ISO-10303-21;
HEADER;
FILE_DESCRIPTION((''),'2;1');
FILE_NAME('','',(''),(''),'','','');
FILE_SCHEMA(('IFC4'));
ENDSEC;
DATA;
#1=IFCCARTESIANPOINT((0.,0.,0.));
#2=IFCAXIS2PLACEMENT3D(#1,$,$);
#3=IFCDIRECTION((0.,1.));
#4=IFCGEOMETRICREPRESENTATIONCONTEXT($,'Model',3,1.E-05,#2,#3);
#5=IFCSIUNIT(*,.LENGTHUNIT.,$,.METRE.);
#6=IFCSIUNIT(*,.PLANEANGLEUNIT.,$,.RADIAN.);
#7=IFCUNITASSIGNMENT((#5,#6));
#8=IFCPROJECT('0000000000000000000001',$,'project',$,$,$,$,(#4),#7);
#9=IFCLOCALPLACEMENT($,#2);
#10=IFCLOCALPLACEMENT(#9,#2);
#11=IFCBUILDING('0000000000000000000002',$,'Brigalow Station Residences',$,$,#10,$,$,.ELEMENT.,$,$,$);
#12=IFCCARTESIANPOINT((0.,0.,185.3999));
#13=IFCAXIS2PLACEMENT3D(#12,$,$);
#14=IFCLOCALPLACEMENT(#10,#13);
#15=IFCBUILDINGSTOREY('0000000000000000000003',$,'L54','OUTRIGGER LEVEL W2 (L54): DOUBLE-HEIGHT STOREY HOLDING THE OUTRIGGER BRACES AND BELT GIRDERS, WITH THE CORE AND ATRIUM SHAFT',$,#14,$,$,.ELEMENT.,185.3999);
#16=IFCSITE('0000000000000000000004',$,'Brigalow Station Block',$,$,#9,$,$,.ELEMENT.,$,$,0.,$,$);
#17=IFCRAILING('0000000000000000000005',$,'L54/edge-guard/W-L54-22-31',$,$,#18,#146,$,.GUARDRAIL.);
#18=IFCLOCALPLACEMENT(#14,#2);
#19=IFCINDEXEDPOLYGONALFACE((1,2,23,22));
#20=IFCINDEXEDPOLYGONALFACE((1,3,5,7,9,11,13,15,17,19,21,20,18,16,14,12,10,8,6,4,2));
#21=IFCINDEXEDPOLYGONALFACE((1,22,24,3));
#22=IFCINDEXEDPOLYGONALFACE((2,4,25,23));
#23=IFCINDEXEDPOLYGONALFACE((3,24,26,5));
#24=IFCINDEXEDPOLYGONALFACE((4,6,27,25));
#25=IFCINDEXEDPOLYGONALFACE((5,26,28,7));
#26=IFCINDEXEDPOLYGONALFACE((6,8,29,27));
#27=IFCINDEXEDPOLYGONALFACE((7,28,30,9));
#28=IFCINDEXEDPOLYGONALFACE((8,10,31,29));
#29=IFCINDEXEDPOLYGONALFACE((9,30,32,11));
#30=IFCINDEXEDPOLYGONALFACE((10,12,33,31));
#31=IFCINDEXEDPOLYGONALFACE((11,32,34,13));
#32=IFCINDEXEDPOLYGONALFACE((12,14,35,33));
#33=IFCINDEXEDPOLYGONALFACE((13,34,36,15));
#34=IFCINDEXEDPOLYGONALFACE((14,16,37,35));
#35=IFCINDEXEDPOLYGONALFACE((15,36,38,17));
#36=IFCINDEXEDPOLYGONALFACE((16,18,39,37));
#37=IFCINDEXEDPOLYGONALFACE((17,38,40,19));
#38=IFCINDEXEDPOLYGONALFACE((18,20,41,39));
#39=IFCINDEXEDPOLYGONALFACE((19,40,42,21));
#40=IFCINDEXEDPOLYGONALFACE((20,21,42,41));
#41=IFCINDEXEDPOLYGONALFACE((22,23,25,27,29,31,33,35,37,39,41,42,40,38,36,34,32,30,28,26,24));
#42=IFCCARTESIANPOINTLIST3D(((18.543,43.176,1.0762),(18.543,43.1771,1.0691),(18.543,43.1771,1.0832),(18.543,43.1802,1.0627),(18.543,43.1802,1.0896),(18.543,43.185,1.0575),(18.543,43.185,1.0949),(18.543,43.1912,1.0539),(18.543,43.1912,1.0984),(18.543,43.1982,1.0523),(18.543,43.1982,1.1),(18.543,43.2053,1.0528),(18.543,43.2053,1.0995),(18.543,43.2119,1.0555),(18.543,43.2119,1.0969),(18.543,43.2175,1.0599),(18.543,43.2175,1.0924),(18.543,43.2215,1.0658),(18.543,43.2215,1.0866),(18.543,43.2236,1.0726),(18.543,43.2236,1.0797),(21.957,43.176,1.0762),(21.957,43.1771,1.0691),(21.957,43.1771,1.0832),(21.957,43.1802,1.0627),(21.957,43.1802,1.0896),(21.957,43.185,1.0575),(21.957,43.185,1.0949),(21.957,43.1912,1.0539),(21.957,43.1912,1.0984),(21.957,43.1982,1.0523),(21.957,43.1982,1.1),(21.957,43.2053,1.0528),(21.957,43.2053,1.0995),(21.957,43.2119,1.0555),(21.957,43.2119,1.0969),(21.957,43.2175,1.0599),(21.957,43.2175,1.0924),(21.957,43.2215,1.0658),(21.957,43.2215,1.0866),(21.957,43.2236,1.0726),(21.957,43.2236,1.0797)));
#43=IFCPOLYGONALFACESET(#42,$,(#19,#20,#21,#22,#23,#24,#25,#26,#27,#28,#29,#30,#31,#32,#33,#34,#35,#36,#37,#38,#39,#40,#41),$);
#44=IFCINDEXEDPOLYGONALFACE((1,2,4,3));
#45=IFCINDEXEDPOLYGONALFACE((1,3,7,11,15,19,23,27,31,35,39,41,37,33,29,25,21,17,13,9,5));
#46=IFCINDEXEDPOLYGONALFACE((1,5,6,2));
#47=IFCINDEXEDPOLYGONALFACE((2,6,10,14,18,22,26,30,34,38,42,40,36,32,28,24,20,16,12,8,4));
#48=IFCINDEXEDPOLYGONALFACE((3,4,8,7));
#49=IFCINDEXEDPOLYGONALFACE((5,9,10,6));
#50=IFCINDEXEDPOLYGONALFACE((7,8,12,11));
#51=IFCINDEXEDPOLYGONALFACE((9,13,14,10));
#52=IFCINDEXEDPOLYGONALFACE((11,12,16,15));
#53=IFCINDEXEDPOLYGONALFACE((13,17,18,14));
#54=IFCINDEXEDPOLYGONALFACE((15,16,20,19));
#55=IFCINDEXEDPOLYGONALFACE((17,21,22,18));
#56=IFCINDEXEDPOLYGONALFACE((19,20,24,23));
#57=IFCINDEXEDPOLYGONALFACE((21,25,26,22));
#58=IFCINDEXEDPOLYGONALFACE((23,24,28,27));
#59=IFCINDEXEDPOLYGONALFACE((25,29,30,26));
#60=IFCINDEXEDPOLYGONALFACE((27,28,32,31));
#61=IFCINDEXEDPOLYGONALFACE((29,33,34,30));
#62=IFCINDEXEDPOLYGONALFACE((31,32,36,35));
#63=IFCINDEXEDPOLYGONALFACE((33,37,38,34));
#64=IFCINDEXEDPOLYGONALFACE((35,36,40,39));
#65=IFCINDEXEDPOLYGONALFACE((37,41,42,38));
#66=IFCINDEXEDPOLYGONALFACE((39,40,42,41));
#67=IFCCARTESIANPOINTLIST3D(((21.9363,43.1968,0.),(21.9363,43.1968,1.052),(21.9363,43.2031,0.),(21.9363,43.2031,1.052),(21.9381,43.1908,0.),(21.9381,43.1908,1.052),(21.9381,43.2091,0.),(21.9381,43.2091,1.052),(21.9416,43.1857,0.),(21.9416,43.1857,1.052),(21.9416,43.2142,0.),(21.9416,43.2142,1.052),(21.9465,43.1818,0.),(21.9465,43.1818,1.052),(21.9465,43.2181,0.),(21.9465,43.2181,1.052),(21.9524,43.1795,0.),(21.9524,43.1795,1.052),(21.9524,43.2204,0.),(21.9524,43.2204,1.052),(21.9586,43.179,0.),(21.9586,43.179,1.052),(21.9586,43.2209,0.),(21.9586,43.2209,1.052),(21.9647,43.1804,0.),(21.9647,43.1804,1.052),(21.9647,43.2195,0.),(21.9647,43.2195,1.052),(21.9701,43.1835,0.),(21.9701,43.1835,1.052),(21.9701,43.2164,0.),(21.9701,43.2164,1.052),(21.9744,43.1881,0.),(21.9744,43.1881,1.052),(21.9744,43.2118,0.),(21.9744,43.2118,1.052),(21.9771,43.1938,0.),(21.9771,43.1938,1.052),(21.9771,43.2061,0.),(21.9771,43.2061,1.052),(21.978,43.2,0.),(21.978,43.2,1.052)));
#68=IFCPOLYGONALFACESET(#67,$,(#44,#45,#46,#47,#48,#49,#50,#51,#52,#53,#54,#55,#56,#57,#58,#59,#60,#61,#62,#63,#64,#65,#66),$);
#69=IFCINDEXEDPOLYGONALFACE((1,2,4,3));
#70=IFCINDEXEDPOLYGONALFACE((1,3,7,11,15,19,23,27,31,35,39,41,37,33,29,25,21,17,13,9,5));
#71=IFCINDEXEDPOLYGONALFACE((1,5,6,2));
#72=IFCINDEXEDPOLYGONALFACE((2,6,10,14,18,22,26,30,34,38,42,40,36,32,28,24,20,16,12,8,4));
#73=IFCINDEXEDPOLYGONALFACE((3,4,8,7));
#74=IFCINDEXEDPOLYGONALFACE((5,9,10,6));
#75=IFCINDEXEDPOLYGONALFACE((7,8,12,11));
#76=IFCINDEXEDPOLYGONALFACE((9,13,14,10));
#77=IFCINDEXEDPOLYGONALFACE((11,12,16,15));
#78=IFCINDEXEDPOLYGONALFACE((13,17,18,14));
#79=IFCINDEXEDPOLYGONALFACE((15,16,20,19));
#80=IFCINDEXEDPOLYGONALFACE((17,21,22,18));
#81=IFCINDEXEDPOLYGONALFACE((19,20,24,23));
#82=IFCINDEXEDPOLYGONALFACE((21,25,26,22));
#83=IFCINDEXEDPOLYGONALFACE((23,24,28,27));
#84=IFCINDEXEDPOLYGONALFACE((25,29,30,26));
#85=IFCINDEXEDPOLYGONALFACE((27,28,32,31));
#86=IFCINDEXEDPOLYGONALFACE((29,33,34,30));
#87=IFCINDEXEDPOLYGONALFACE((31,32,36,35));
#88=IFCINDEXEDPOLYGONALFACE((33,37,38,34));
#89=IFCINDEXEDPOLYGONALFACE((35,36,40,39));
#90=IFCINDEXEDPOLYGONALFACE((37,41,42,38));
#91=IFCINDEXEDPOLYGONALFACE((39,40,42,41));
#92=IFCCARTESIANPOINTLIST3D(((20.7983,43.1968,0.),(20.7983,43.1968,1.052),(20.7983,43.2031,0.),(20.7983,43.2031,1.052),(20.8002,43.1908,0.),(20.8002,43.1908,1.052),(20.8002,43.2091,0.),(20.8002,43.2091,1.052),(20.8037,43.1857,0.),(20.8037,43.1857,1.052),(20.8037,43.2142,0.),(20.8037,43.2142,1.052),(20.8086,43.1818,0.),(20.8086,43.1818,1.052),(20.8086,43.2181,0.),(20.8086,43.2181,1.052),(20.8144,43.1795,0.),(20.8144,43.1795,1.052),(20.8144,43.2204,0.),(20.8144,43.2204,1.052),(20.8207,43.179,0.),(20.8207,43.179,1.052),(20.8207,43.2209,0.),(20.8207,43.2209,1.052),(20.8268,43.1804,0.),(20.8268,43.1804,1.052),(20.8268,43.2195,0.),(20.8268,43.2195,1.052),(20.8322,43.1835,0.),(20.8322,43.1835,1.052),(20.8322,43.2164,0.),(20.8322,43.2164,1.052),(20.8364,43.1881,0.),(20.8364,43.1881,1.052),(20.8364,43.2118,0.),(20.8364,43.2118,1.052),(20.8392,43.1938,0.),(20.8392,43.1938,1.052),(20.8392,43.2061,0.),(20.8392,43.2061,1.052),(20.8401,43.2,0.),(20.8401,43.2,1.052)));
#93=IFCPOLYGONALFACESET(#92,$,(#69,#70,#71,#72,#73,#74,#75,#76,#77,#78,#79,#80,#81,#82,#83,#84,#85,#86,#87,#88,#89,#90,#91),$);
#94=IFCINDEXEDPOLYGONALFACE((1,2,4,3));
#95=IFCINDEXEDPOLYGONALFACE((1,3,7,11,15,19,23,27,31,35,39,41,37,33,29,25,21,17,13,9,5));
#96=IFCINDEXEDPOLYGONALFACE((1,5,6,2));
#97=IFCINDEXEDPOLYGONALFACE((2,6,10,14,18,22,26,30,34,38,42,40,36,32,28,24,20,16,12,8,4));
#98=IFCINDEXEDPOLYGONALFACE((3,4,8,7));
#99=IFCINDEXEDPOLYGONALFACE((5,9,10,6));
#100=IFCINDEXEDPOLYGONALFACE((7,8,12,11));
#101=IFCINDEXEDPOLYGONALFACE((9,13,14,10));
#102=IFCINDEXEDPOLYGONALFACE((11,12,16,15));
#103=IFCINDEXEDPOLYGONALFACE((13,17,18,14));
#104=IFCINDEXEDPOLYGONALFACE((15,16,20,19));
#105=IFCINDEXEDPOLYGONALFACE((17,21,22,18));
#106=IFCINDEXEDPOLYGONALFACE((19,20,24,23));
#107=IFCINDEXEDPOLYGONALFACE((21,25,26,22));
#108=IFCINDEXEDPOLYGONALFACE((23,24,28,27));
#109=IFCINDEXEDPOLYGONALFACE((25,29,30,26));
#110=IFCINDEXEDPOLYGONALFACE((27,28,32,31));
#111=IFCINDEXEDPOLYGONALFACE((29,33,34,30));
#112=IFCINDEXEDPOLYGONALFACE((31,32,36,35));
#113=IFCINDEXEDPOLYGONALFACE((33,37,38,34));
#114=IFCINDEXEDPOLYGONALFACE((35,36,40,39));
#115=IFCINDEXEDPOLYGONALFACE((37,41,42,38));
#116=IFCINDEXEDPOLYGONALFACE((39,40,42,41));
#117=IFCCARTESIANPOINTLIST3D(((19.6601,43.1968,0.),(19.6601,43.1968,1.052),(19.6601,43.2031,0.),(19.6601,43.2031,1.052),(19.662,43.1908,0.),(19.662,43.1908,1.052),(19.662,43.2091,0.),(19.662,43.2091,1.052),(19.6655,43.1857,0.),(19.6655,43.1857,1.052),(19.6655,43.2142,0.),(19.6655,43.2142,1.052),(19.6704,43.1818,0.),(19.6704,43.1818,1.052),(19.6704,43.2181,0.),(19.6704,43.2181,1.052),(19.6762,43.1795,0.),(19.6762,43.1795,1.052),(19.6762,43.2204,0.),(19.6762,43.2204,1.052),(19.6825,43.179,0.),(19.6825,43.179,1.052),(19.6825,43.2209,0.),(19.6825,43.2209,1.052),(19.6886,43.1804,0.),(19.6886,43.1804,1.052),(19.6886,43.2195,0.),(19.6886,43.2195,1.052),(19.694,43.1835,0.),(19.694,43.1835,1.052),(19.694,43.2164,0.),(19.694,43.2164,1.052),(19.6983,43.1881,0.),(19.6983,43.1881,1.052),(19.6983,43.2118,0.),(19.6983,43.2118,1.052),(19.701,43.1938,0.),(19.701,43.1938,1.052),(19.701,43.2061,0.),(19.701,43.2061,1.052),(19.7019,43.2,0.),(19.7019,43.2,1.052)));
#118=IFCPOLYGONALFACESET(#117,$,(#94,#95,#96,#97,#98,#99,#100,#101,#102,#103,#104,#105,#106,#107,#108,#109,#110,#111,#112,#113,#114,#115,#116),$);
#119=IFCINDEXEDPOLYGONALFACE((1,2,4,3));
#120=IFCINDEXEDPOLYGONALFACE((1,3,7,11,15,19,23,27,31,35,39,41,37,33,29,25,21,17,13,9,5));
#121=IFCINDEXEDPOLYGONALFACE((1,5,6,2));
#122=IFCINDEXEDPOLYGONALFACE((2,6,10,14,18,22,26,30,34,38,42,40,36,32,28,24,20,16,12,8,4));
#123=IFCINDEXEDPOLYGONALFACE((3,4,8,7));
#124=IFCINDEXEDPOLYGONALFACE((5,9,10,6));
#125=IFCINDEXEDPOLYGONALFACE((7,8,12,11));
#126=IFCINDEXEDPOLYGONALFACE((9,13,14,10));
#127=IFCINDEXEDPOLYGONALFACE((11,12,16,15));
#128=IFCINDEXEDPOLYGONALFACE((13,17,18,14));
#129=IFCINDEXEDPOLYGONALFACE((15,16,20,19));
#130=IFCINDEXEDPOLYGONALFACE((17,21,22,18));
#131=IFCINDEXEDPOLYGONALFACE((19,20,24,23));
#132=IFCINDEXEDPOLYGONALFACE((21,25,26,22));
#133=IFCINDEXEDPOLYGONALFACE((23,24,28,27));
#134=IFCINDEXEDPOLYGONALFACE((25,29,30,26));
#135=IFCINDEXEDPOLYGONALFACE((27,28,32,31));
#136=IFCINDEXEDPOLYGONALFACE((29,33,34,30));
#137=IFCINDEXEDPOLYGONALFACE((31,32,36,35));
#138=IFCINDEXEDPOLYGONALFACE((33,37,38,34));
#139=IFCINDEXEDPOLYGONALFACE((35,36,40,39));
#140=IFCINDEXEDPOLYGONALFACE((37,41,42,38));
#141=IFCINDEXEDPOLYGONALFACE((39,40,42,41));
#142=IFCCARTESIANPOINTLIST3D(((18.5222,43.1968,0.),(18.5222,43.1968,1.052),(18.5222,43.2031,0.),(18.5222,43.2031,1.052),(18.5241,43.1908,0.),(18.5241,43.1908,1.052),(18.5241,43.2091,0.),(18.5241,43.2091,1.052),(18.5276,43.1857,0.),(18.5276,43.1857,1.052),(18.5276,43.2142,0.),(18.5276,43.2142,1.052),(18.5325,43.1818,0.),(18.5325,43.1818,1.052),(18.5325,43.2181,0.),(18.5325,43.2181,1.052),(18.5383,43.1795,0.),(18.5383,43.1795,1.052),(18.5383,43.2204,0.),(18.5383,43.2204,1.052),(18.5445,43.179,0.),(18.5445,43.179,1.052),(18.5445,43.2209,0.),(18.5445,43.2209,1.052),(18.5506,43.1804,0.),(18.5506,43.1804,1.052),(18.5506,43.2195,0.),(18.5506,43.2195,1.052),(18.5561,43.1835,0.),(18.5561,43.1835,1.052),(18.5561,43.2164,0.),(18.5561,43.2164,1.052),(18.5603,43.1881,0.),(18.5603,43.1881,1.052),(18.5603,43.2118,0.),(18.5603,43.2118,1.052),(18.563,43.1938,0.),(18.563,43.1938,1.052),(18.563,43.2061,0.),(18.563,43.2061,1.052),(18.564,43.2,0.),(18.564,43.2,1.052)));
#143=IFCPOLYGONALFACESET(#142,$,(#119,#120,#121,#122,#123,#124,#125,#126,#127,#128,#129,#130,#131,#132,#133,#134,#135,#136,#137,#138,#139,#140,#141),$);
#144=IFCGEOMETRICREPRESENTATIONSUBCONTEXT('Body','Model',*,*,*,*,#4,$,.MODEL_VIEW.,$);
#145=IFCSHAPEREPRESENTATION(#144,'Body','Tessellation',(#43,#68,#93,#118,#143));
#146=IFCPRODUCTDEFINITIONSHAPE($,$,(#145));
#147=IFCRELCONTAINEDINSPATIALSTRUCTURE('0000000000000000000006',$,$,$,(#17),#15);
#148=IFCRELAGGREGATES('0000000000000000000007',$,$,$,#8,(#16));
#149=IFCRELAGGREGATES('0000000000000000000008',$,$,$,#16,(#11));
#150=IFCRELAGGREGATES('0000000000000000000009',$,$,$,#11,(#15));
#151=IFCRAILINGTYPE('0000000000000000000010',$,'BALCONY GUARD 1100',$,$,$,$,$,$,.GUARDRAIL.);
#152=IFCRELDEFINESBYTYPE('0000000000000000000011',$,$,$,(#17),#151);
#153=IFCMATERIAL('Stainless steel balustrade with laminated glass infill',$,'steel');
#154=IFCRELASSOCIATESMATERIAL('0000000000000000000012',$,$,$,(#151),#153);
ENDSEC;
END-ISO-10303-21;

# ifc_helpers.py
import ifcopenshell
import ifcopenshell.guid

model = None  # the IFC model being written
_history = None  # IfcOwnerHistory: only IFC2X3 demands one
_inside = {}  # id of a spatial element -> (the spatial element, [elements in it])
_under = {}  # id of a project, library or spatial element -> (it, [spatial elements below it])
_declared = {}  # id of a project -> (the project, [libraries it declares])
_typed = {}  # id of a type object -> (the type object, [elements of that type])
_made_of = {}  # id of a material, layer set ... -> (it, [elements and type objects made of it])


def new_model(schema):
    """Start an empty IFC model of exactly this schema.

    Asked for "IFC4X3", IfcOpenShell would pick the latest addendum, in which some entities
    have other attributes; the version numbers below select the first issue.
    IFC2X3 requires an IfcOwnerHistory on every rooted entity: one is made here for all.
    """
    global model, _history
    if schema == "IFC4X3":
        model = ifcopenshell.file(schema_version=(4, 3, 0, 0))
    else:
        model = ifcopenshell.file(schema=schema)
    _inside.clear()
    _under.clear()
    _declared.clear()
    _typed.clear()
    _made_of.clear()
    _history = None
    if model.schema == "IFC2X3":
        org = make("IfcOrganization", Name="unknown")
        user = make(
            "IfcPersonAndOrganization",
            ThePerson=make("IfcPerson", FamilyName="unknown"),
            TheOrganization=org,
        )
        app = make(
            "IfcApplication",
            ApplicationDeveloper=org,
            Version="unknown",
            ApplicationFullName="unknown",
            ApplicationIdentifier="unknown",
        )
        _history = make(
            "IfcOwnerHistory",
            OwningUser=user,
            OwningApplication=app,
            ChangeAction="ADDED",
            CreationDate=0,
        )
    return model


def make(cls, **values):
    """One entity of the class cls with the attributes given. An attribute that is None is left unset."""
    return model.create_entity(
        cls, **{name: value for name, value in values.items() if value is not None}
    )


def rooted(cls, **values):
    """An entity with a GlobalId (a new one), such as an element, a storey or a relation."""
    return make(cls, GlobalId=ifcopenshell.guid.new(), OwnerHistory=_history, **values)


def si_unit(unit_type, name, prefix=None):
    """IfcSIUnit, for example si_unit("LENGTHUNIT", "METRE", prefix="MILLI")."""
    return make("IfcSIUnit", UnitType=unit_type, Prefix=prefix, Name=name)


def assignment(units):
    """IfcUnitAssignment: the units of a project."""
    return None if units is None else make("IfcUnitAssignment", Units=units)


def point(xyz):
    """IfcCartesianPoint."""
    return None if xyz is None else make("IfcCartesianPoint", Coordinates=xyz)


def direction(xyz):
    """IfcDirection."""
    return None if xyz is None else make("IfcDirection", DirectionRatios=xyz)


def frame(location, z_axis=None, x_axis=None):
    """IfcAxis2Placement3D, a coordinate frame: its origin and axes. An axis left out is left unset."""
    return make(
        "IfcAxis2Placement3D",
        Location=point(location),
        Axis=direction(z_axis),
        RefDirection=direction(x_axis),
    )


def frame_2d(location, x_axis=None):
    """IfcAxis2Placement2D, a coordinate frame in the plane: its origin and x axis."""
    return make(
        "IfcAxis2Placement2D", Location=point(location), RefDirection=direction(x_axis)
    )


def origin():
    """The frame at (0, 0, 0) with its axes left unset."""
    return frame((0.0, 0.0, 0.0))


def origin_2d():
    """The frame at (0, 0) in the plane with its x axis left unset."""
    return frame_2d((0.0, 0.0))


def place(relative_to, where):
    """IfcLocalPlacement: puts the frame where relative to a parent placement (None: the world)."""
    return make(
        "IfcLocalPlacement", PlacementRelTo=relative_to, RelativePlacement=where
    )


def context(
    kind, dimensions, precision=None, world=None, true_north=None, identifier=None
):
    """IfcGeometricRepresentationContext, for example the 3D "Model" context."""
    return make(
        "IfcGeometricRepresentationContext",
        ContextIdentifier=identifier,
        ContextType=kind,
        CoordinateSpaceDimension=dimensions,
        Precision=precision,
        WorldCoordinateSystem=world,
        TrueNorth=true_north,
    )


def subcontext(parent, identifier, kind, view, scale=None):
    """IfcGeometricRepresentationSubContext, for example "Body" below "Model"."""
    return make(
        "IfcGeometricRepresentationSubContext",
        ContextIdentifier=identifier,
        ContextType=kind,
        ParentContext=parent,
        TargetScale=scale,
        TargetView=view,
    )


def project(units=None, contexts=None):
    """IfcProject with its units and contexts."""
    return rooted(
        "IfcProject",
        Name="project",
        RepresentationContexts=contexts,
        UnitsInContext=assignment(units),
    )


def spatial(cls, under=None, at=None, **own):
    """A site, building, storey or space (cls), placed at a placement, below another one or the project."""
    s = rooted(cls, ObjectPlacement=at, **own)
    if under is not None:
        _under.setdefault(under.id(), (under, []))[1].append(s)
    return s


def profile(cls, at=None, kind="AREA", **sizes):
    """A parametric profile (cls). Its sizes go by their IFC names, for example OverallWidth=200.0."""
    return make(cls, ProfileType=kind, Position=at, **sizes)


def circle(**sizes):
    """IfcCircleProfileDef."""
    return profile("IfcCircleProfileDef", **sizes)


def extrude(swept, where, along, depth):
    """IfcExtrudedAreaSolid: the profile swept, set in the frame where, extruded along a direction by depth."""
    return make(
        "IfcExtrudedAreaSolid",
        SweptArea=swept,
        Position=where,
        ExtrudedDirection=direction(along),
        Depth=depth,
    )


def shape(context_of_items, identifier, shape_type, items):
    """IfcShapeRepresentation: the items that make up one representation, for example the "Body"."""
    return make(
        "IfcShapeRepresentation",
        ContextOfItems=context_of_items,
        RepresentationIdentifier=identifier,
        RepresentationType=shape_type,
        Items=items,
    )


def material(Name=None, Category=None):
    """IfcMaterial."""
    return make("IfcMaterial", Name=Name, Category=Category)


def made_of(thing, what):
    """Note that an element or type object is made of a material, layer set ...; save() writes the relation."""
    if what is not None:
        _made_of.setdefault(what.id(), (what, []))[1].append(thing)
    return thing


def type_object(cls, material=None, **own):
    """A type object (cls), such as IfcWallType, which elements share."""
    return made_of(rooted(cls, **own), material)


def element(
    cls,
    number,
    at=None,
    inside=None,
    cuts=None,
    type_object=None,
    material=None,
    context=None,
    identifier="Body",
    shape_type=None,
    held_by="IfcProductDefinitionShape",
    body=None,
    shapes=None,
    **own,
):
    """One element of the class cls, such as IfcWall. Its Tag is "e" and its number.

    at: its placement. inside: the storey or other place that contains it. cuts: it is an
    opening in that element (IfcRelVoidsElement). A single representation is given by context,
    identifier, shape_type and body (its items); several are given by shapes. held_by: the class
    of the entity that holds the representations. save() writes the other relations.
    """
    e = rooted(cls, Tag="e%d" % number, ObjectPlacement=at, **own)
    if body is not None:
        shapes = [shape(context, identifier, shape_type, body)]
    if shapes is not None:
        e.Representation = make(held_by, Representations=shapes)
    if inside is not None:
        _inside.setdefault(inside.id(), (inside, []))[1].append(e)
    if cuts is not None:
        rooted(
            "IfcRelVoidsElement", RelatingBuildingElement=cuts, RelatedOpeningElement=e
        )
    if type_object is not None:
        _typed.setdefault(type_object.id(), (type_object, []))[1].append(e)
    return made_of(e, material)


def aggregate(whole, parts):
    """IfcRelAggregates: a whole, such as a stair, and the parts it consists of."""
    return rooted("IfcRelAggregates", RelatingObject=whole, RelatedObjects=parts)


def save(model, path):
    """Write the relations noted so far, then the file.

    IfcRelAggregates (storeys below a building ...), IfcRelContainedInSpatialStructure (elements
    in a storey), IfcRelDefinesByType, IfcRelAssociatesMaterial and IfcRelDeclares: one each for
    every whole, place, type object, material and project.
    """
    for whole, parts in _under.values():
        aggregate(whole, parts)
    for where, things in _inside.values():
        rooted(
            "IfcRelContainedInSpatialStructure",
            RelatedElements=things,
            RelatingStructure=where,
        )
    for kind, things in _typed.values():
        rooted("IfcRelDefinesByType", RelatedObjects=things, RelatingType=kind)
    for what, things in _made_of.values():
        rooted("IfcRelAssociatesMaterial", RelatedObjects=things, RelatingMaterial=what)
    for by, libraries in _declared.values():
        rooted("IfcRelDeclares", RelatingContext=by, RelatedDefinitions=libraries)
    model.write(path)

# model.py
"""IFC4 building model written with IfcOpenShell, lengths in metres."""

from ifc_helpers import new_model, si_unit, direction, frame, origin, origin_2d, place, context, subcontext, project, spatial, circle, extrude, material, type_object, element, save


model = new_model("IFC4")

# Units and contexts
model_context = context("Model", 3, precision=1e-05, world=origin(), true_north=direction((0.0, 1.0)))
body_context = subcontext(model_context, "Body", "Model", "MODEL_VIEW")
ifc_project = project(units=[si_unit("LENGTHUNIT", "METRE"), si_unit("PLANEANGLEUNIT", "RADIAN")], contexts=[model_context])

# Site, building, storey
site_placement = place(None, origin())
site = spatial("IfcSite", under=ifc_project, at=site_placement, Name="Brigalow Station Block", CompositionType="ELEMENT", RefElevation=0.0)
building_placement = place(site_placement, origin())
building = spatial("IfcBuilding", under=site, at=building_placement, Name="Brigalow Station Residences", CompositionType="ELEMENT")
storey_placement = place(building_placement, frame((0.0, 0.0, 185.3999)))
storey = spatial("IfcBuildingStorey", under=building, at=storey_placement, Name="L54", Description="OUTRIGGER LEVEL W2 (L54): DOUBLE-HEIGHT STOREY HOLDING THE OUTRIGGER BRACES AND BELT GIRDERS, WITH THE CORE AND ATRIUM SHAFT", CompositionType="ELEMENT", Elevation=185.3999)

# Railing
ifc_material_1 = material(Name="Stainless steel balustrade with laminated glass infill", Category="steel")
railing_type = type_object("IfcRailingType", Name="BALCONY GUARD 1100", PredefinedType="GUARDRAIL", material=ifc_material_1)
for number, where, name in (
    (1, (21.957, 43.2, 0.0), "L54/edge-guard/W-L54-22-31"),
):
    element("IfcRailing", number, at=place(storey_placement, frame(where)), inside=storey, type_object=railing_type, Name=name, PredefinedType="GUARDRAIL", context=body_context, shape_type="SweptSolid", body=[
        extrude(circle(Radius=0.0239, at=origin_2d()), frame((0.0, 0.0, 1.0762), z_axis=(-1.0, 0.0, 0.0), x_axis=(0.0, -1.0, 0.0)), (0.0, 0.0, 1.0), 3.4141),
        extrude(circle(Radius=0.021, at=origin_2d()), origin(), (0.0, 0.0, 1.0), 1.052),
        extrude(circle(Radius=0.021, at=origin_2d()), frame((-1.1379, 0.0, 0.0)), (0.0, 0.0, 1.0), 1.052),
        extrude(circle(Radius=0.021, at=origin_2d()), frame((-2.2761, 0.0, 0.0)), (0.0, 0.0, 1.0), 1.052),
        extrude(circle(Radius=0.021, at=origin_2d()), frame((-3.4141, 0.0, 0.0)), (0.0, 0.0, 1.0), 1.052),
    ])

save(model, "model.ifc")
